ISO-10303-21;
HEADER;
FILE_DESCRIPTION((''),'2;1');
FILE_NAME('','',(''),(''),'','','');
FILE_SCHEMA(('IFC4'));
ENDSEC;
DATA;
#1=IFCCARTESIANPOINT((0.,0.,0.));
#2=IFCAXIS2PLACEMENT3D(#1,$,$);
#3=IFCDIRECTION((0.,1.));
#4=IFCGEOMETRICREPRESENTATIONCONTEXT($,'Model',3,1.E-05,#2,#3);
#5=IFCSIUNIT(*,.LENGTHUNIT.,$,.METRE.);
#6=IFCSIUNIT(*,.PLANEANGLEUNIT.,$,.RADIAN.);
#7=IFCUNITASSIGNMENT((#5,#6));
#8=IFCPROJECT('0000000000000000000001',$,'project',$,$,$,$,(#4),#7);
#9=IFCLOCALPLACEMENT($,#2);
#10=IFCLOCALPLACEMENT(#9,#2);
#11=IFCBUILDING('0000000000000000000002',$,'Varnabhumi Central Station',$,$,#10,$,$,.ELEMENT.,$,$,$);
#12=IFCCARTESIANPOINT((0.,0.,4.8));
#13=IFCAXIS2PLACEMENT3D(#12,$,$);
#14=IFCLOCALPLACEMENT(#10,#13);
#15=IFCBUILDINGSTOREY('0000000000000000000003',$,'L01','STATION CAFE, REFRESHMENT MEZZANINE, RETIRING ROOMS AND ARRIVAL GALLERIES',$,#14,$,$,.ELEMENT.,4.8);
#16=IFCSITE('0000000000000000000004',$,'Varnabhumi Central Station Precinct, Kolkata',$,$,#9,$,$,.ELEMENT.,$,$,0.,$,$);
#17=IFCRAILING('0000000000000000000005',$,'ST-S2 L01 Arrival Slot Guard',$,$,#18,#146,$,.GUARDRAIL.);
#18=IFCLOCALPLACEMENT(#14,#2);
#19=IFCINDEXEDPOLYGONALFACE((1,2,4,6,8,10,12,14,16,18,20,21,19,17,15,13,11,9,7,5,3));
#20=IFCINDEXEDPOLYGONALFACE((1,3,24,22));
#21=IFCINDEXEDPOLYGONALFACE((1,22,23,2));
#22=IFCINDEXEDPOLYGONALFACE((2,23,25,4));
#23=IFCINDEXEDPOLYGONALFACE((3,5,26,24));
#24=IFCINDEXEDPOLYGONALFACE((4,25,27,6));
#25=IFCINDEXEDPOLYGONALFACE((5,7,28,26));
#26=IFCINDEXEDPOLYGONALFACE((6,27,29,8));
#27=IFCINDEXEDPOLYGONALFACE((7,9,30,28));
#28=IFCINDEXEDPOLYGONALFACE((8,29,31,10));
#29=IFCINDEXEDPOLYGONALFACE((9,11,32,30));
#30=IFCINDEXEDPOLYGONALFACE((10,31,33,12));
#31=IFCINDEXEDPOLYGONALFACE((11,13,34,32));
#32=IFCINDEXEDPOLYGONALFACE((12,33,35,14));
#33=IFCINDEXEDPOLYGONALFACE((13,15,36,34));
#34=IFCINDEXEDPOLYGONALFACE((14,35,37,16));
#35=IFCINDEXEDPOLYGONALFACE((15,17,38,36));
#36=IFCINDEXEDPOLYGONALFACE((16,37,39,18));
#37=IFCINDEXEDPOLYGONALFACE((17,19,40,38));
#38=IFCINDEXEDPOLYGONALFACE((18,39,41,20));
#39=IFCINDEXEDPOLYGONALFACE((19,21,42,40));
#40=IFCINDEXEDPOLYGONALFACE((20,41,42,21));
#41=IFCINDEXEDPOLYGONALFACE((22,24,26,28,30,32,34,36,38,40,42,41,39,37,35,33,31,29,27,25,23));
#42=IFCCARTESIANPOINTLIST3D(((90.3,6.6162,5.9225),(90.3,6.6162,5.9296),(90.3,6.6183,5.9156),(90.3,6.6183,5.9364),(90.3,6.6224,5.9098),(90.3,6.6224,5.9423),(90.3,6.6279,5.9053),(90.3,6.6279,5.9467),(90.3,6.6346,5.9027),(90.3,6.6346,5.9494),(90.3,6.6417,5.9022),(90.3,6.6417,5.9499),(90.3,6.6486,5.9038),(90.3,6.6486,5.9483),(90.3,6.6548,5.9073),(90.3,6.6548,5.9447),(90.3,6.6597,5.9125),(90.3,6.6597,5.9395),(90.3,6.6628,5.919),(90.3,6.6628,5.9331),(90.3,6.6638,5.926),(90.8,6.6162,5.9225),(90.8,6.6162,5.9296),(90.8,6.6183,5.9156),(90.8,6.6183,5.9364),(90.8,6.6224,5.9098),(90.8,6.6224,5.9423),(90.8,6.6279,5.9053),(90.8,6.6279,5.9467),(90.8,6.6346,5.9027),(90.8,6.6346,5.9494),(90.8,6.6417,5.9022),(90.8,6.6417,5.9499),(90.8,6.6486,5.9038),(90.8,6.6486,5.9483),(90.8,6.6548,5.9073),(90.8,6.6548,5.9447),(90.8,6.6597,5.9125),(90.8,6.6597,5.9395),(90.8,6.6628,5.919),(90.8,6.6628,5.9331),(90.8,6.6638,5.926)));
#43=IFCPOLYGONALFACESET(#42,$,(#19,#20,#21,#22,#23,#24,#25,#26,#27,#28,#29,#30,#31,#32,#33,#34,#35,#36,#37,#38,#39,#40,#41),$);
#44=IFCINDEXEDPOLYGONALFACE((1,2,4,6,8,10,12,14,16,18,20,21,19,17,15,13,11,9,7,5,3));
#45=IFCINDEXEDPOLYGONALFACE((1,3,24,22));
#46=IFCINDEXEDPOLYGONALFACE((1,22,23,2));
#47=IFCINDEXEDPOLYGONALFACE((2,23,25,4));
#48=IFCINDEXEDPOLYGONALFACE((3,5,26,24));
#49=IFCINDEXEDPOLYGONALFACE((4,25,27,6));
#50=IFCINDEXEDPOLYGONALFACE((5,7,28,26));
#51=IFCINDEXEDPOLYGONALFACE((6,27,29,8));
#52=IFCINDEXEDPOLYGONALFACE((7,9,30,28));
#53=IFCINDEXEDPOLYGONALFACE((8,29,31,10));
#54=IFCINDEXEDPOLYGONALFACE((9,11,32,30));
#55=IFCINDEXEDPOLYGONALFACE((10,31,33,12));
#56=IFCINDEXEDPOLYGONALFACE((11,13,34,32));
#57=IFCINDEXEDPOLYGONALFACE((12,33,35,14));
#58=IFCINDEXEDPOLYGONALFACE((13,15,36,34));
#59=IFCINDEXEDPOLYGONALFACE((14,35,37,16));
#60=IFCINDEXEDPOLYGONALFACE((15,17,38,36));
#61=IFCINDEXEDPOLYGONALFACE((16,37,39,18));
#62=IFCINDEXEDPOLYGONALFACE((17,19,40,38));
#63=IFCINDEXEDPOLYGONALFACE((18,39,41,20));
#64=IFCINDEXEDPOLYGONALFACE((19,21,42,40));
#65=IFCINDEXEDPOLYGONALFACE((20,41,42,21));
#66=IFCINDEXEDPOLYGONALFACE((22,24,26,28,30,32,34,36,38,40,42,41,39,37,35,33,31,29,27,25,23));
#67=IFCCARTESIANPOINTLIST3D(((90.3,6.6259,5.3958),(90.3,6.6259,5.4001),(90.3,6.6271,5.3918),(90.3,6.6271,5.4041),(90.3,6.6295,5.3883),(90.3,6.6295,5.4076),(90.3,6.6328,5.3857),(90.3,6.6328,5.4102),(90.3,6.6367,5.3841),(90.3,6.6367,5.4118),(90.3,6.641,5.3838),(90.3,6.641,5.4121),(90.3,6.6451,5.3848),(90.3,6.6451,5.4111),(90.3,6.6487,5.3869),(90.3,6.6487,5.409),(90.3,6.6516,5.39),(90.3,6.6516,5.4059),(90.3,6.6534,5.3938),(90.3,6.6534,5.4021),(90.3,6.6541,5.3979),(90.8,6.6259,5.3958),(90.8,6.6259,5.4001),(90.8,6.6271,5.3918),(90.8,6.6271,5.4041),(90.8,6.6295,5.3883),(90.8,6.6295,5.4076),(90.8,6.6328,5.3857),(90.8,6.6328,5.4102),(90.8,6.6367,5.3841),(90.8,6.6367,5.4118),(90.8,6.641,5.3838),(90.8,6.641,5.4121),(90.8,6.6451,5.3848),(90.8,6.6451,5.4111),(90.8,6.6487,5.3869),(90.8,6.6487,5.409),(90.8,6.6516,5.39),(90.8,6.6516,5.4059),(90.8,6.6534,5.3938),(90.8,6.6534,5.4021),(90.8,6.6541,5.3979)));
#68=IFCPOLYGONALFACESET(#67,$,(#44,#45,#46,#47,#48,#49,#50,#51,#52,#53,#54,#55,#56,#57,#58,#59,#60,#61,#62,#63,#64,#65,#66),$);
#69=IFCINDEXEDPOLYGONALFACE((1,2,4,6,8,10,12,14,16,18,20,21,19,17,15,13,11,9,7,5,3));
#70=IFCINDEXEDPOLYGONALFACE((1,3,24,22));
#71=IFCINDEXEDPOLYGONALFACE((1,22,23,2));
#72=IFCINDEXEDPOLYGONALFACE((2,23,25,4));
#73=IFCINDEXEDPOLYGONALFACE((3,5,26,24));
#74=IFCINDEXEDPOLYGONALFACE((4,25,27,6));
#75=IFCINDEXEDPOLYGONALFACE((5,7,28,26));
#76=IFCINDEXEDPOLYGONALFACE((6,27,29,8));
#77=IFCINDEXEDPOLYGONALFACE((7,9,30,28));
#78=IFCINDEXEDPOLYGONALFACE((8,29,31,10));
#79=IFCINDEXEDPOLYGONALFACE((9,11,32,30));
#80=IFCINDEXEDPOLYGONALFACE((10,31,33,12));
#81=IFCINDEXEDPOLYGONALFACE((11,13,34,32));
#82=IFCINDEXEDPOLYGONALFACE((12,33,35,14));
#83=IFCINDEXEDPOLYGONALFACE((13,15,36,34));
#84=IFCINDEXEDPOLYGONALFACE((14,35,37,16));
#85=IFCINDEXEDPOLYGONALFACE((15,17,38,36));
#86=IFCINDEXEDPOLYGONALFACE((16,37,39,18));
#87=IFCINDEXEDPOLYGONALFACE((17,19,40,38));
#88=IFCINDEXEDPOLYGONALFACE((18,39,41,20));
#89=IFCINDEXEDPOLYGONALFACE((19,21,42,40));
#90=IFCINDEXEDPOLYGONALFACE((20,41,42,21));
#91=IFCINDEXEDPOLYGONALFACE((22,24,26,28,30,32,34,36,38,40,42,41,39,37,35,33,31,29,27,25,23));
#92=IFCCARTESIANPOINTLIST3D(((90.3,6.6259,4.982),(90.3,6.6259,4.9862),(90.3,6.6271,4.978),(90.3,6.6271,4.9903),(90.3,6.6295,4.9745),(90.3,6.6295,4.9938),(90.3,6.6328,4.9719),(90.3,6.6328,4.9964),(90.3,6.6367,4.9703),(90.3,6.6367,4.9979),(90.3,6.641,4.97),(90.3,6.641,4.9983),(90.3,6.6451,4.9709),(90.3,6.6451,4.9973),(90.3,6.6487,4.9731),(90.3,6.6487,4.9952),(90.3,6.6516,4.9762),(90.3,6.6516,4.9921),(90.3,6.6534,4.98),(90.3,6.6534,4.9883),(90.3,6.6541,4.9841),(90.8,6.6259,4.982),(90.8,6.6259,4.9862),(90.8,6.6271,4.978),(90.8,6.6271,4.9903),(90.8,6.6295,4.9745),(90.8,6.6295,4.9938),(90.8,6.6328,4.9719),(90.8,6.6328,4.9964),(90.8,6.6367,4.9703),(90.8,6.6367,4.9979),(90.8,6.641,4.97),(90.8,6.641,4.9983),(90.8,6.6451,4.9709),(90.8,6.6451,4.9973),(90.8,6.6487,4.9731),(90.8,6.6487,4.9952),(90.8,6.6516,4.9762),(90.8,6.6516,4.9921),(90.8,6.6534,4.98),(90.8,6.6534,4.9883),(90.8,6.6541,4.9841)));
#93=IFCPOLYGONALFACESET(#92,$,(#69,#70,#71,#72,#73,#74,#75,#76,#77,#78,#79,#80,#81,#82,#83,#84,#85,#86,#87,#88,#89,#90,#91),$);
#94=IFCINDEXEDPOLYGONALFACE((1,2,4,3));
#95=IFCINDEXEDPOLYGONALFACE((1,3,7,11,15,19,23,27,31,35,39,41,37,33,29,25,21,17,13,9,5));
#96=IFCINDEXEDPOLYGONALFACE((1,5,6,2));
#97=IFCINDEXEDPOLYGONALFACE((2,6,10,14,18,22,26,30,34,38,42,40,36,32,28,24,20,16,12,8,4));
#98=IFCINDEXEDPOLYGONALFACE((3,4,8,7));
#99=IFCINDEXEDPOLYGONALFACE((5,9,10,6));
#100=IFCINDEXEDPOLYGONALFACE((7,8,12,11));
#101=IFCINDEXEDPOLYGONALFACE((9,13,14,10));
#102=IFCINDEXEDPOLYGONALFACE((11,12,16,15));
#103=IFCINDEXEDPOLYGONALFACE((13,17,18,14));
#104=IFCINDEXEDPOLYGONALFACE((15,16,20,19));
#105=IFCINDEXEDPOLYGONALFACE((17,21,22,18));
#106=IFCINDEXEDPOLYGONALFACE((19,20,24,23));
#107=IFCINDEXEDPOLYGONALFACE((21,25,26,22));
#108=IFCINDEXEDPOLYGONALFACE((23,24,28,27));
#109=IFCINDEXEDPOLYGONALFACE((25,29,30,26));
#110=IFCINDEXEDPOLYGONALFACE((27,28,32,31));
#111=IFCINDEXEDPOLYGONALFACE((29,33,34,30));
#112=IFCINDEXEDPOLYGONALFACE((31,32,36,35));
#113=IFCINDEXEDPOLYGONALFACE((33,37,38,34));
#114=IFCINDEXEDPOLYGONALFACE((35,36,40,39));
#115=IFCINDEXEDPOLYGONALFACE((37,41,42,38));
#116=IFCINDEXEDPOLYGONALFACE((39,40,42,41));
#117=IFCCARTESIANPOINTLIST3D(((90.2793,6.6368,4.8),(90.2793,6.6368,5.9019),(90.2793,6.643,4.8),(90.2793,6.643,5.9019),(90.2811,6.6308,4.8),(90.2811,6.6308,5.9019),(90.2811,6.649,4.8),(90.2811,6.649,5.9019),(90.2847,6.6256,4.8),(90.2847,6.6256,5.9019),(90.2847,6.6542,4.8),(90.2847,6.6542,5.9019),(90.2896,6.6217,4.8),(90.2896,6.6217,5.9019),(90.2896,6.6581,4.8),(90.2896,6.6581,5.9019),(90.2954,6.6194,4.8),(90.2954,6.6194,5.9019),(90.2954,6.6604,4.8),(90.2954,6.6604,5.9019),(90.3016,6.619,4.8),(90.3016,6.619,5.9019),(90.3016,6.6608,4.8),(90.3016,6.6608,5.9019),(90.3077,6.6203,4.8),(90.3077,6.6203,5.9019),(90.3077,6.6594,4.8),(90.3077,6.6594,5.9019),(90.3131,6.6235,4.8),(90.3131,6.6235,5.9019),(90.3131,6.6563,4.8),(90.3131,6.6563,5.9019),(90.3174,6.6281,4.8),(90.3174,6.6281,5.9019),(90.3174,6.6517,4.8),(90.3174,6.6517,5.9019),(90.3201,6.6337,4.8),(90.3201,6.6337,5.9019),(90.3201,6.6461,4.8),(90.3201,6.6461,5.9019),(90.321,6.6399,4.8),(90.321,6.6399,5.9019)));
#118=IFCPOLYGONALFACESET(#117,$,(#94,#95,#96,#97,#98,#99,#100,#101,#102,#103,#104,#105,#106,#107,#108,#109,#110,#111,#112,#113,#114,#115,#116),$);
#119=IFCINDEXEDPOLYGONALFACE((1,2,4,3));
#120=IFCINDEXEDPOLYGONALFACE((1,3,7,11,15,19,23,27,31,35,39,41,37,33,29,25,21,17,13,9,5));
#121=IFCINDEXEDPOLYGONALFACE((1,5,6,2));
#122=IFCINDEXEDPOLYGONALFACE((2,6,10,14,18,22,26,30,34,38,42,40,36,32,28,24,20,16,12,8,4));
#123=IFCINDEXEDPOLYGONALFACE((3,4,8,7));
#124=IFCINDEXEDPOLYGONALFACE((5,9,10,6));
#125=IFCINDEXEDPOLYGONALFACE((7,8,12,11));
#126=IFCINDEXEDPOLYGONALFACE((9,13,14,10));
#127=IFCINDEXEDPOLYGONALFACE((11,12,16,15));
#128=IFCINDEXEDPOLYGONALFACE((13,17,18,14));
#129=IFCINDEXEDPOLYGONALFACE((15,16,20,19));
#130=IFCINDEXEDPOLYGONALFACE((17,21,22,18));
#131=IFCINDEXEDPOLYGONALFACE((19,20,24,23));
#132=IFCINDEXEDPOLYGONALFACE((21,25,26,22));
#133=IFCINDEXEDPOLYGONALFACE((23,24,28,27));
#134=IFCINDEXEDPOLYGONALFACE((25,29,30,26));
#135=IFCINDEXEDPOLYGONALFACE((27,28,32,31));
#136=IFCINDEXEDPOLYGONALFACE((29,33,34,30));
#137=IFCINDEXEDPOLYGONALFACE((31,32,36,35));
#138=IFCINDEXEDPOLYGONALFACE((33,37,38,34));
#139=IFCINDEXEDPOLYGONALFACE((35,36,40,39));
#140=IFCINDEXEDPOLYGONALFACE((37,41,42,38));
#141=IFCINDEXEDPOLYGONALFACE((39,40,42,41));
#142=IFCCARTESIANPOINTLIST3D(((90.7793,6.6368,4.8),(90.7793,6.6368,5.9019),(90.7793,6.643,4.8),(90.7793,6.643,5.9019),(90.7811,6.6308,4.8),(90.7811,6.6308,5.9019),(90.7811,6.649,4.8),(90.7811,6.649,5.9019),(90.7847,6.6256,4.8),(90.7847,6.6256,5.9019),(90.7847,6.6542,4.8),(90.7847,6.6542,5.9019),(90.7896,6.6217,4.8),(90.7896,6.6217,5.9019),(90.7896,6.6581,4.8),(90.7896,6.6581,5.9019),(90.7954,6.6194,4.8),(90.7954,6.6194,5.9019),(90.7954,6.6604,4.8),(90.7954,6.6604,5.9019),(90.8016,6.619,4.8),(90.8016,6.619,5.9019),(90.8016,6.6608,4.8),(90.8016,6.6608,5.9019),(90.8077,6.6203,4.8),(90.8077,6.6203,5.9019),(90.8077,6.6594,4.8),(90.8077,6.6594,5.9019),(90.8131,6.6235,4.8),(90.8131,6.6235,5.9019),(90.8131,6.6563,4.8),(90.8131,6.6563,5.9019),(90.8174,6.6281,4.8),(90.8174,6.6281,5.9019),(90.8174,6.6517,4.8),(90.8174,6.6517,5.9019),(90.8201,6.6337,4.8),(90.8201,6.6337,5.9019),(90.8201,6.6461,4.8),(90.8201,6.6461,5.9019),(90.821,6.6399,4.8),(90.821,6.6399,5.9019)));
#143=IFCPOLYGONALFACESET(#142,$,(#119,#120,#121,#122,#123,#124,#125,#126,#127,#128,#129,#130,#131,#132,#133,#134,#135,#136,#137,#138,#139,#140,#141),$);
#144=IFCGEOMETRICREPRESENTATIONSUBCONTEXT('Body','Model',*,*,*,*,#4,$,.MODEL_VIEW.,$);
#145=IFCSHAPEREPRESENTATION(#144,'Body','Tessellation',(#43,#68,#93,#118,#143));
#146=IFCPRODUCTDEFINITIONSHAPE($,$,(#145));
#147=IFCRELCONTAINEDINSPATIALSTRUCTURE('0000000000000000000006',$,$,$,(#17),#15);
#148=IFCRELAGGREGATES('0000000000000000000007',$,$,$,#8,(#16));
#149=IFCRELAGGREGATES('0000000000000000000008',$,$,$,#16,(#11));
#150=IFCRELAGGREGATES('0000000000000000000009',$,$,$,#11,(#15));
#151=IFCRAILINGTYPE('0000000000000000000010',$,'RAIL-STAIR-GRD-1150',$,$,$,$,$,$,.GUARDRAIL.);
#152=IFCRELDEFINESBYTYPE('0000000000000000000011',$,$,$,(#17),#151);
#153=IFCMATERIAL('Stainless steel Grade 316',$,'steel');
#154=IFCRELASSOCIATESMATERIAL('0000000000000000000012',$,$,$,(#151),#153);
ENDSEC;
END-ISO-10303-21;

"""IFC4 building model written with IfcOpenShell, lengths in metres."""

from ifc_helpers import new_model, si_unit, direction, frame, origin, origin_2d, place, context, subcontext, project, spatial, circle, extrude, material, type_object, element, save


model = new_model("IFC4")

# Units and contexts
model_context = context("Model", 3, precision=1e-05, world=origin(), true_north=direction((0.0, 1.0)))
body_context = subcontext(model_context, "Body", "Model", "MODEL_VIEW")
ifc_project = project(units=[si_unit("LENGTHUNIT", "METRE"), si_unit("PLANEANGLEUNIT", "RADIAN")], contexts=[model_context])

# Site, building, storey
site_placement = place(None, origin())
site = spatial("IfcSite", under=ifc_project, at=site_placement, Name="Varnabhumi Central Station Precinct, Kolkata", CompositionType="ELEMENT", RefElevation=0.0)
building_placement = place(site_placement, origin())
building = spatial("IfcBuilding", under=site, at=building_placement, Name="Varnabhumi Central Station", CompositionType="ELEMENT")
storey_placement = place(building_placement, frame((0.0, 0.0, 4.8)))
storey = spatial("IfcBuildingStorey", under=building, at=storey_placement, Name="L01", Description="STATION CAFE, REFRESHMENT MEZZANINE, RETIRING ROOMS AND ARRIVAL GALLERIES", CompositionType="ELEMENT", Elevation=4.8)

# Shared definitions
ifc_material_1 = material(Name="Stainless steel Grade 316", Category="steel")

# Railing
railing_type_1 = type_object("IfcRailingType", Name="RAIL-STAIR-GRD-1150", PredefinedType="GUARDRAIL", material=ifc_material_1)
for number, where, name in (
    (1, (90.3, 6.6399, 4.8), "ST-S2 L01 Arrival Slot Guard"),
):
    element("IfcRailing", number, at=place(storey_placement, frame(where)), inside=storey, type_object=railing_type_1, Name=name, PredefinedType="GUARDRAIL", context=body_context, shape_type="SweptSolid", body=[
        extrude(circle(Radius=0.0239, at=origin_2d()), frame((0.0, 0.0, 1.126), z_axis=(1.0, 0.0, 0.0), x_axis=(0.0, 1.0, 0.0)), (0.0, 0.0, 1.0), 0.5),
        extrude(circle(Radius=0.0142, at=origin_2d()), frame((0.0, 0.0, 0.5979), z_axis=(1.0, 0.0, 0.0), x_axis=(0.0, 1.0, 0.0)), (0.0, 0.0, 1.0), 0.5),
        extrude(circle(Radius=0.0142, at=origin_2d()), frame((0.0, 0.0, 0.1841), z_axis=(1.0, 0.0, 0.0), x_axis=(0.0, 1.0, 0.0)), (0.0, 0.0, 1.0), 0.5),
        extrude(circle(Radius=0.021, at=origin_2d()), origin(), (0.0, 0.0, 1.0), 1.1018),
        extrude(circle(Radius=0.021, at=origin_2d()), frame((0.5, 0.0, 0.0)), (0.0, 0.0, 1.0), 1.1018),
    ])

save(model, "model.ifc")
